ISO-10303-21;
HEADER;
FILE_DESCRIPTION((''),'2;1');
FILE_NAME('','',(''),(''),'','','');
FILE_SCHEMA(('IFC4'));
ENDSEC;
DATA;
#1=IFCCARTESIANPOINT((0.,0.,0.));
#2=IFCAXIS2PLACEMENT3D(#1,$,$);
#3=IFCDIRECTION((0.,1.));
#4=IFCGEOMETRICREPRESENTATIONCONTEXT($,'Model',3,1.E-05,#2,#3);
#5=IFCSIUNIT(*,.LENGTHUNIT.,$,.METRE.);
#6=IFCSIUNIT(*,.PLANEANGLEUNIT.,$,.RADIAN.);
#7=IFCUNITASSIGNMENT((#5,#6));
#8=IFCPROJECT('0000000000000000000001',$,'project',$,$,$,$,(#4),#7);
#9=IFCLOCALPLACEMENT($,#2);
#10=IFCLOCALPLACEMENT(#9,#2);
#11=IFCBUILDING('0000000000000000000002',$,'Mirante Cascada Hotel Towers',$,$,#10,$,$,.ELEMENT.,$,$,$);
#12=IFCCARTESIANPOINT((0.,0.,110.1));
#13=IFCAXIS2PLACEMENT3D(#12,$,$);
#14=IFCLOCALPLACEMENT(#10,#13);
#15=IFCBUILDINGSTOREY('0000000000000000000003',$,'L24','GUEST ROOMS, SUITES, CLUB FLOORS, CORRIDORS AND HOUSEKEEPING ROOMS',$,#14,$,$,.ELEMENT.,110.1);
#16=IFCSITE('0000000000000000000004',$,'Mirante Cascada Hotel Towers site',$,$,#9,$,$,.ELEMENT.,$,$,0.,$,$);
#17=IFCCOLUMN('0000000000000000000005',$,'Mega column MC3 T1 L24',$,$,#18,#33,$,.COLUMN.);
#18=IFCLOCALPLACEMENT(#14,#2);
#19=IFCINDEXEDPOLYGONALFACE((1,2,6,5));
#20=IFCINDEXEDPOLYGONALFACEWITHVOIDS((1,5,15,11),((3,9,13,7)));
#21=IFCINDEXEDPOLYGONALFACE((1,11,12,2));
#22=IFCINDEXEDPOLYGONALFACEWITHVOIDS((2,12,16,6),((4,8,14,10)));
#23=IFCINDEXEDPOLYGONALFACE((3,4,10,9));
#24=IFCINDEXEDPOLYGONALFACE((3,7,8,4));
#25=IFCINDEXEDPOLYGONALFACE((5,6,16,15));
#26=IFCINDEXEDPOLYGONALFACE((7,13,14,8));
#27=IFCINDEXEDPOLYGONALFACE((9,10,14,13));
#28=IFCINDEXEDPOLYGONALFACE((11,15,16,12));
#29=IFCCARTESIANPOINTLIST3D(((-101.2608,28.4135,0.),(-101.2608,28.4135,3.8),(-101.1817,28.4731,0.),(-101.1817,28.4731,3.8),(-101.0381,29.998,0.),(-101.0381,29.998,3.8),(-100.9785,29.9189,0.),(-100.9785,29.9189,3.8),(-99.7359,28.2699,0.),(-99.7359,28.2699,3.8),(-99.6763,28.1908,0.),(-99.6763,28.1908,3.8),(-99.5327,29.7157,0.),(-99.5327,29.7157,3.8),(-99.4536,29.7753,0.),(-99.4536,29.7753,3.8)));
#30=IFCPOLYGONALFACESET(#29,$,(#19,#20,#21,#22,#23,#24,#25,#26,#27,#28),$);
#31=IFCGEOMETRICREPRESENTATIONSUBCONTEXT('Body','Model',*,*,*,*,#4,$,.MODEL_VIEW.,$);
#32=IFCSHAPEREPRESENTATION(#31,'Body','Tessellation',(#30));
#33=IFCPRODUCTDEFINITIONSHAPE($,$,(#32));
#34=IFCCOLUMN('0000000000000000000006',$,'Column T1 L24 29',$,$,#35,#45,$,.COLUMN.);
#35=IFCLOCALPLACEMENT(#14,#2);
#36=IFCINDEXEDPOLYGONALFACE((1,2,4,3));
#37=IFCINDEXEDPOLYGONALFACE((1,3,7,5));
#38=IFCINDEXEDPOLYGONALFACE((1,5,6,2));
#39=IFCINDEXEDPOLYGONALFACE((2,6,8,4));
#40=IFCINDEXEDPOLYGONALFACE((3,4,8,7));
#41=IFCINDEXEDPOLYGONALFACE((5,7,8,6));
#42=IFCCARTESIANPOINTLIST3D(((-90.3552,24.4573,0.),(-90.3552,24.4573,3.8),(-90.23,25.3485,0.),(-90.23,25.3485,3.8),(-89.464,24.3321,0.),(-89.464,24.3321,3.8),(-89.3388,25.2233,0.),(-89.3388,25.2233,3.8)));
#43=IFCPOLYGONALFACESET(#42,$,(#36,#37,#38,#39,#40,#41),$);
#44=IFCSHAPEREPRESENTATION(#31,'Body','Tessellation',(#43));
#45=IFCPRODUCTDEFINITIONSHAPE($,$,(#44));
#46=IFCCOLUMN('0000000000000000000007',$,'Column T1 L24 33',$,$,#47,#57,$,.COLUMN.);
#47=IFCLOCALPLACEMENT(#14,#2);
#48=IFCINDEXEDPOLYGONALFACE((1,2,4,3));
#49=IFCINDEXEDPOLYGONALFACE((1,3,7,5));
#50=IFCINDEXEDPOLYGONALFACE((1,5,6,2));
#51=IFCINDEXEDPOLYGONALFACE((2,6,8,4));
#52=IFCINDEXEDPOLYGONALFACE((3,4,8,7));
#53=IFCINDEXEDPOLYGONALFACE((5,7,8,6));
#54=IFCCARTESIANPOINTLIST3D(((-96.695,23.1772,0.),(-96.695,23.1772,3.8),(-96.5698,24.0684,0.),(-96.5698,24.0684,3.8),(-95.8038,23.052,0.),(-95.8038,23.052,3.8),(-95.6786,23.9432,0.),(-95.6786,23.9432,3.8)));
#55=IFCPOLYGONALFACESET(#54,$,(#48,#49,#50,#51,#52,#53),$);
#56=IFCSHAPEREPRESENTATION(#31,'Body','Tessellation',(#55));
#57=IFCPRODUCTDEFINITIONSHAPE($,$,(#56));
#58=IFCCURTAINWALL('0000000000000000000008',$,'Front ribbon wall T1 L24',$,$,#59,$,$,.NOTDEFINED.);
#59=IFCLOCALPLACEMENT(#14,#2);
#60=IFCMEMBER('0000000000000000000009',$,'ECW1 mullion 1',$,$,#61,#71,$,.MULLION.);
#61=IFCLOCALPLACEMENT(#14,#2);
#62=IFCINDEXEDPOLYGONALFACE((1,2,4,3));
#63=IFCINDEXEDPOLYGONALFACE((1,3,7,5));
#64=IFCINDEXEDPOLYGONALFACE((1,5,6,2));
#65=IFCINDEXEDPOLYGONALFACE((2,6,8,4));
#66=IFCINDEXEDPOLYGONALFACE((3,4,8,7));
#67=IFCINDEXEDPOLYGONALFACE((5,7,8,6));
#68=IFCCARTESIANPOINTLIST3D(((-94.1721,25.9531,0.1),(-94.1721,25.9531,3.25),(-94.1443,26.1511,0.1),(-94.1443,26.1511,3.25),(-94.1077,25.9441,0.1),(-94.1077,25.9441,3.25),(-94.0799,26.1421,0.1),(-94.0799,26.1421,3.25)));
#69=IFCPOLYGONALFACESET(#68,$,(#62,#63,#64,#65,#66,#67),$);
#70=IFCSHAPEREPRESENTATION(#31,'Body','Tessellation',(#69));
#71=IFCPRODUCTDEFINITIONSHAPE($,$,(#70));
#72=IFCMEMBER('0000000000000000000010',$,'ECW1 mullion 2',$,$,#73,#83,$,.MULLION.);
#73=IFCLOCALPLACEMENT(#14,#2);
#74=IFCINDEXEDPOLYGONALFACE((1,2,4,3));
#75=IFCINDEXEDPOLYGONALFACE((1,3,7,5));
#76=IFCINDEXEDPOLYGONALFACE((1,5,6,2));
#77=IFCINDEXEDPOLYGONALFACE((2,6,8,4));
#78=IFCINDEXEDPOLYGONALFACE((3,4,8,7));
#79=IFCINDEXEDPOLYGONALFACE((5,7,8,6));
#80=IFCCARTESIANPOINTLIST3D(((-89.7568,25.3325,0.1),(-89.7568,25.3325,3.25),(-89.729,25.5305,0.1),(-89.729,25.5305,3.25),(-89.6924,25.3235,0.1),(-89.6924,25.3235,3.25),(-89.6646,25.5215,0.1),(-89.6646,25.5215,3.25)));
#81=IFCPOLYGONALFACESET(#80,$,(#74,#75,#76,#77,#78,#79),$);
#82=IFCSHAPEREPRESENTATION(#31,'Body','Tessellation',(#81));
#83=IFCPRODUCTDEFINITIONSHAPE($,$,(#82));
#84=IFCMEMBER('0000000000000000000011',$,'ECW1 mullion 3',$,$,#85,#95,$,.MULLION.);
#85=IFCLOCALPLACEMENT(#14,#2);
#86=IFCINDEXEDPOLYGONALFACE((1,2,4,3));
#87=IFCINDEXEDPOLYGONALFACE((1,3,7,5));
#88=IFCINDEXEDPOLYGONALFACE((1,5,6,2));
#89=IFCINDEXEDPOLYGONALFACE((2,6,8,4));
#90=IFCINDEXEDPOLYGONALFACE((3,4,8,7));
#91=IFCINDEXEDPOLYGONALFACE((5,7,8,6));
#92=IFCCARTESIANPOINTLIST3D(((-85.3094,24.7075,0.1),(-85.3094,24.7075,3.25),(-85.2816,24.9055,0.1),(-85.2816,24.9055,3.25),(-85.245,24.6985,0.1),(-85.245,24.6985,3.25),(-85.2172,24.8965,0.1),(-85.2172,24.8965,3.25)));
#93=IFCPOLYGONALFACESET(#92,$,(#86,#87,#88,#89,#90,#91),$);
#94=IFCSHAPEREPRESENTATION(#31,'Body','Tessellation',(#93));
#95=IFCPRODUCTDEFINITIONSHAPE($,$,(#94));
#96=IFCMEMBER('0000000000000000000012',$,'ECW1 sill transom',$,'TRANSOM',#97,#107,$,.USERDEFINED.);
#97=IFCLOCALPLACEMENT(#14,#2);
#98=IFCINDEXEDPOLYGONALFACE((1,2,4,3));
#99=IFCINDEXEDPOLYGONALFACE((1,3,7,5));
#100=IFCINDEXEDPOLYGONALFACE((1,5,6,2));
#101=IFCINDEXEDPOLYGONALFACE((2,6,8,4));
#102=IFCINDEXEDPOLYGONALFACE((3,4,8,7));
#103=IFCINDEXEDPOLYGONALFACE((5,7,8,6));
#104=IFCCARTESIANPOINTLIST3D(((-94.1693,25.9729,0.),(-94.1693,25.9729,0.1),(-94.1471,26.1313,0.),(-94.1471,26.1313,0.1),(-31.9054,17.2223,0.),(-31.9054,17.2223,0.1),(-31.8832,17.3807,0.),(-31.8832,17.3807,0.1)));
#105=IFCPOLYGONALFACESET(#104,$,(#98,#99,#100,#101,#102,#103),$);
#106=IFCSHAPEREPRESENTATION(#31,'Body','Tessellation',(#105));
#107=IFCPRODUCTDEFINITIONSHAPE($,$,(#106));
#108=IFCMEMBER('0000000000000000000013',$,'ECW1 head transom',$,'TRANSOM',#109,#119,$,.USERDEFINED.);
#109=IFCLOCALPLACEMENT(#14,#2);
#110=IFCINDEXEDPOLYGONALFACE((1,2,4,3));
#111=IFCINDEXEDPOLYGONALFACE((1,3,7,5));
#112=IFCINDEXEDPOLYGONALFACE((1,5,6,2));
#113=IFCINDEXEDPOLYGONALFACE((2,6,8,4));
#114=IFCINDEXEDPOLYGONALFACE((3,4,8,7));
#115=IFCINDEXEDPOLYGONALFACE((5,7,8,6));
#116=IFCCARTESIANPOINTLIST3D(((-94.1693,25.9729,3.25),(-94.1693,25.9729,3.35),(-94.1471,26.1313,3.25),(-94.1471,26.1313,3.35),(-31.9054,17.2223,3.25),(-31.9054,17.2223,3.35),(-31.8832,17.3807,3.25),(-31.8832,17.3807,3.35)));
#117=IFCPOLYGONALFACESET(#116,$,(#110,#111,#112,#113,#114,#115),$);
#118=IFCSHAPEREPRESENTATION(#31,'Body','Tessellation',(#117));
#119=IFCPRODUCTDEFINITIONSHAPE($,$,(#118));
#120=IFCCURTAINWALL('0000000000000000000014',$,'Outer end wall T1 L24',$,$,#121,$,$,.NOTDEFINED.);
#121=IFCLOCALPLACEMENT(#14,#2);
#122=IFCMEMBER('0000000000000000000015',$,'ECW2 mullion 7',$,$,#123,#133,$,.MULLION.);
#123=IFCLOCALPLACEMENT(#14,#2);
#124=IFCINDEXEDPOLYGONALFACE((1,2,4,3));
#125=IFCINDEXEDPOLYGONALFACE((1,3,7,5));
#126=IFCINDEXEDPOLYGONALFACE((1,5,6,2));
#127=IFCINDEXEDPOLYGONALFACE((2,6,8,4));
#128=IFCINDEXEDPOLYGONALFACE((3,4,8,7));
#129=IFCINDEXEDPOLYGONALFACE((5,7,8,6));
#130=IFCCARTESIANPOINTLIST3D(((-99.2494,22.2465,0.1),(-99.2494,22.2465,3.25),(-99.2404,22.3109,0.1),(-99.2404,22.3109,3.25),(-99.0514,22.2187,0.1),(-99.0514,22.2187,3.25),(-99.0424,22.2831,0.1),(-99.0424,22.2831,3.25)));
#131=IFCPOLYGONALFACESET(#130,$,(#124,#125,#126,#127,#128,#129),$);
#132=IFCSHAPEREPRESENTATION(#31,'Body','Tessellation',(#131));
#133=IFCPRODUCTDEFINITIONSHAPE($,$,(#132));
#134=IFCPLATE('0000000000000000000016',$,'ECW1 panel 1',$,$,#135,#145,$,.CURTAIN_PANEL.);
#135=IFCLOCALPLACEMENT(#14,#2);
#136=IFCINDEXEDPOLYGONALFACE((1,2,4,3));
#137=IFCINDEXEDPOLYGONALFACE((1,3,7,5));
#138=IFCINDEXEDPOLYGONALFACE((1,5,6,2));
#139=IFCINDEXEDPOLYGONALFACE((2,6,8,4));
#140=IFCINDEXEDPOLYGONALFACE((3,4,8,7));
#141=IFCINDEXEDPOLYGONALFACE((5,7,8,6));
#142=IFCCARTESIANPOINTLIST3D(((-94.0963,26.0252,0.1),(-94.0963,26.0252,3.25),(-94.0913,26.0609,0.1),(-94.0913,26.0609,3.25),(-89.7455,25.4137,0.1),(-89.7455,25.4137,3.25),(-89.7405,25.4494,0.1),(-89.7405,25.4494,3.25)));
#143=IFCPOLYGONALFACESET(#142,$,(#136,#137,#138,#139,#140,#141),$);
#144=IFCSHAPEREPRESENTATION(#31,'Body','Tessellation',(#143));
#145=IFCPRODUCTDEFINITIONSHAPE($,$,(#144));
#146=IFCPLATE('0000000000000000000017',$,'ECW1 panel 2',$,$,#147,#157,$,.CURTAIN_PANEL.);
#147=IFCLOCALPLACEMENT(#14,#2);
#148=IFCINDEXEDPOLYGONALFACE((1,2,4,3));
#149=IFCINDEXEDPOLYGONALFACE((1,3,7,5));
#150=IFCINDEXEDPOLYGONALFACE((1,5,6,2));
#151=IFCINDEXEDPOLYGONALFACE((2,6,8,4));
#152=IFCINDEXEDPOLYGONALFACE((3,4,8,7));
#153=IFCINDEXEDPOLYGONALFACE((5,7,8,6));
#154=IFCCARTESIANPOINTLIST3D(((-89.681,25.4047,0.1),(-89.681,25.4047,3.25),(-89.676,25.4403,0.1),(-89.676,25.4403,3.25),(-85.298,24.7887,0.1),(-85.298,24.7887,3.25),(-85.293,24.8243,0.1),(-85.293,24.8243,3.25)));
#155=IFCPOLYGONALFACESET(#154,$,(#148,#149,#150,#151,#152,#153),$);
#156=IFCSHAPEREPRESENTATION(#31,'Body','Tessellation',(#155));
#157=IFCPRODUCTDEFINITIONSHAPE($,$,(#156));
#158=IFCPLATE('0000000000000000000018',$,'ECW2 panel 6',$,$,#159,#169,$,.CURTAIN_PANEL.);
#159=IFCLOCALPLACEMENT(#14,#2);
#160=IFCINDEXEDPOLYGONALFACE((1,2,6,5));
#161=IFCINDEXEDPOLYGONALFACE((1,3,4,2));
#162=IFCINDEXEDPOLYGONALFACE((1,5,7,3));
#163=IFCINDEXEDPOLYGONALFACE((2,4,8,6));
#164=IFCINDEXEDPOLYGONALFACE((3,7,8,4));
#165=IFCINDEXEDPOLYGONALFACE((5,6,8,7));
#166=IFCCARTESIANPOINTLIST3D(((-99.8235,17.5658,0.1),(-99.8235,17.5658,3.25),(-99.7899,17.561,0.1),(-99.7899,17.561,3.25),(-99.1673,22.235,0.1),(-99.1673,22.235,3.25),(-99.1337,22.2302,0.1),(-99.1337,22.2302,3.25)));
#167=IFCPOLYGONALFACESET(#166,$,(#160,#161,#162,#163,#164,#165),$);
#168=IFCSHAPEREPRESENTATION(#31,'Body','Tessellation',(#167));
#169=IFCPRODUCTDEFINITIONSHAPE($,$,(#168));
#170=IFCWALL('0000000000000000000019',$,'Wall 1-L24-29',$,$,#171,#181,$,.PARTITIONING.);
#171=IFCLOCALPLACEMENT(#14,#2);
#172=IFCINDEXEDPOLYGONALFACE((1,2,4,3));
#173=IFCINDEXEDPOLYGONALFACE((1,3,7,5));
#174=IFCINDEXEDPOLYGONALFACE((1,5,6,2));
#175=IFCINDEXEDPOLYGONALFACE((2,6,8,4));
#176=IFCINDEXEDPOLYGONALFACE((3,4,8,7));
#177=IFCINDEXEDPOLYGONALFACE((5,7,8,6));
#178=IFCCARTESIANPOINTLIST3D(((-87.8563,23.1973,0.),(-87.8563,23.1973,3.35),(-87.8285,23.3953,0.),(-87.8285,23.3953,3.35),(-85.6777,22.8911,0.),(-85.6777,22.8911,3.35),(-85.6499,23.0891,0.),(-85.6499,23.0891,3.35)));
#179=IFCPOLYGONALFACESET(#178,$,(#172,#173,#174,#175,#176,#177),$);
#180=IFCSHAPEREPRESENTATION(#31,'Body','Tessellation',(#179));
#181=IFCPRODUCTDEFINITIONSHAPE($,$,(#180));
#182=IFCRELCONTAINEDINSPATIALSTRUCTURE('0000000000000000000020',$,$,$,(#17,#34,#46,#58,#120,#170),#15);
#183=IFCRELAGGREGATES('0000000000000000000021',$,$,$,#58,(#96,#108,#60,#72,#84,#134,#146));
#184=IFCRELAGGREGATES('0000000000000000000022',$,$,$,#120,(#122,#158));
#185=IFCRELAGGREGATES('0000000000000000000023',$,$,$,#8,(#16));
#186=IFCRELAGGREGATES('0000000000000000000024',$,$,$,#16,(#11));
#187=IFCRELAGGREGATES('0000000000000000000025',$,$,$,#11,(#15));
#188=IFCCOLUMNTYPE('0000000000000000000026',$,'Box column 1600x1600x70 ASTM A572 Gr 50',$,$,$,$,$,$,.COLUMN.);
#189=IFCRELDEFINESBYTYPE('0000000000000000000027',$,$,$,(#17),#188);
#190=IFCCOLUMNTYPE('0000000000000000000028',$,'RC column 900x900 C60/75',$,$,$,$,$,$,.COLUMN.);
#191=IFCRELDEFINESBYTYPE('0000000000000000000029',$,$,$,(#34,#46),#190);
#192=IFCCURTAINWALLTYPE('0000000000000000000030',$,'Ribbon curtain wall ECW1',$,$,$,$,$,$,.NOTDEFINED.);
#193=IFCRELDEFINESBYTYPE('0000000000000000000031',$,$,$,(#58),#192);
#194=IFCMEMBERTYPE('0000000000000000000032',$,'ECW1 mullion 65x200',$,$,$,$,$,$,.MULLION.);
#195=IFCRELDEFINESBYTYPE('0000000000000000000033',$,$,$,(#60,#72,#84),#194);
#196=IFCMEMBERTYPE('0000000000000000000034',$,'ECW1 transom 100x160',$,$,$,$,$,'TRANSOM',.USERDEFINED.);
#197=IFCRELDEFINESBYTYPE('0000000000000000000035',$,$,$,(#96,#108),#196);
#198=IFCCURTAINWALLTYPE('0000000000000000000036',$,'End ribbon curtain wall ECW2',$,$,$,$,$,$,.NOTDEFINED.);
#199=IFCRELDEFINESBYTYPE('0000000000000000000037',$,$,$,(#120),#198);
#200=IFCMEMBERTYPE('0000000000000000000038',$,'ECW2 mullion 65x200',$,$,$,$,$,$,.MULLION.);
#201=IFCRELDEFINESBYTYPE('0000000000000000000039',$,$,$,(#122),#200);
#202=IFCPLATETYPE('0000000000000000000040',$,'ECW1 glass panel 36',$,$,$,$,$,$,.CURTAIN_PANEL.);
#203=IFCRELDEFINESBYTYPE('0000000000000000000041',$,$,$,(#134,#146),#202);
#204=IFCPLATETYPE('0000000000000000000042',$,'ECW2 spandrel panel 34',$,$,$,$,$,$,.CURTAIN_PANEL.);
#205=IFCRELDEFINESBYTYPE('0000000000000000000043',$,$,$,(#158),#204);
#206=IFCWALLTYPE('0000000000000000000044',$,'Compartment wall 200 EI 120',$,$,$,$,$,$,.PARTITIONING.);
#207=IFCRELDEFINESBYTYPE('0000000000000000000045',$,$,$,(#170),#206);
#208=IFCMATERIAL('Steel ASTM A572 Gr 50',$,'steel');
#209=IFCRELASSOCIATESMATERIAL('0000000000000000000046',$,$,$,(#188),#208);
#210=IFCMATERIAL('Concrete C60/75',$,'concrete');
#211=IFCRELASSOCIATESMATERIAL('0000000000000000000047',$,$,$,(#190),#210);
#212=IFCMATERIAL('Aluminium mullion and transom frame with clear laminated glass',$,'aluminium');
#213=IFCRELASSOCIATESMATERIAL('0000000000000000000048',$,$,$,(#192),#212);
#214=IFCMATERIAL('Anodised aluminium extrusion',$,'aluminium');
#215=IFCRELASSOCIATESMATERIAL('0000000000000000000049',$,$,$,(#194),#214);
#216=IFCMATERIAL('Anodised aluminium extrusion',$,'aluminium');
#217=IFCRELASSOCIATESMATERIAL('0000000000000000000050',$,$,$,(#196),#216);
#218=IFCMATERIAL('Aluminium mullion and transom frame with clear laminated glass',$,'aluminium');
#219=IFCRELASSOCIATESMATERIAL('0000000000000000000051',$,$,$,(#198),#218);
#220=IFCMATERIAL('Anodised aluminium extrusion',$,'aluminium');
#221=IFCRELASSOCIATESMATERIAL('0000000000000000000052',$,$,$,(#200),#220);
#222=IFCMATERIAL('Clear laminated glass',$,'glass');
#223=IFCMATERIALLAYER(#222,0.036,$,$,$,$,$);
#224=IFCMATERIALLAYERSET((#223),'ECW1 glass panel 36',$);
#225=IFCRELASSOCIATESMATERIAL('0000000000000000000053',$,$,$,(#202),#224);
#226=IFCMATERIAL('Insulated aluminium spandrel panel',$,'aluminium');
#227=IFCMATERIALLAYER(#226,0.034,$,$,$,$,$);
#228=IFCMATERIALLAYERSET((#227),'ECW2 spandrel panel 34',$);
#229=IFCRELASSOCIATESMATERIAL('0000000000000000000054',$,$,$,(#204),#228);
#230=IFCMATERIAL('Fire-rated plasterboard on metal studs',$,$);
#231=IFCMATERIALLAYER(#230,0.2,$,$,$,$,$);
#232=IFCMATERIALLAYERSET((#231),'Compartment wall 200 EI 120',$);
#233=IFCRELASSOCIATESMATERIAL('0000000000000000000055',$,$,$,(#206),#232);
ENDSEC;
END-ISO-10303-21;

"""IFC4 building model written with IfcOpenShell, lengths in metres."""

from ifc_helpers import new_model, si_unit, direction, frame, frame_2d, origin, origin_2d, place, context, subcontext, project, spatial, rectangle, hollow_rectangle, extrude, material, layer, layer_set, material_profile, profile_set, type_object, element, aggregate, save


model = new_model("IFC4")

# Units and contexts
model_context = context("Model", 3, precision=1e-05, world=origin(), true_north=direction((0.0, 1.0)))
body_context = subcontext(model_context, "Body", "Model", "MODEL_VIEW")
ifc_project = project(units=[si_unit("LENGTHUNIT", "METRE"), si_unit("PLANEANGLEUNIT", "RADIAN")], contexts=[model_context])

# Site, building, storey
site_placement = place(None, origin())
site = spatial("IfcSite", under=ifc_project, at=site_placement, Name="Mirante Cascada Hotel Towers site", CompositionType="ELEMENT", RefElevation=0.0)
building_placement = place(site_placement, origin())
building = spatial("IfcBuilding", under=site, at=building_placement, Name="Mirante Cascada Hotel Towers", CompositionType="ELEMENT")
storey_placement = place(building_placement, frame((0.0, 0.0, 110.1)))
storey = spatial("IfcBuildingStorey", under=building, at=storey_placement, Name="L24", Description="GUEST ROOMS, SUITES, CLUB FLOORS, CORRIDORS AND HOUSEKEEPING ROOMS", CompositionType="ELEMENT", Elevation=110.1)

# Columns
ifc_material_1 = material(Name="Steel ASTM A572 Gr 50", Category="steel")
ifc_material_profile_1 = material_profile(ifc_material_1, hollow_rectangle(XDim=1.6, YDim=1.6, WallThickness=0.07, at=origin_2d()), Name="Box column 1600x1600x70 ASTM A572 Gr 50")
ifc_profile_set_1 = profile_set([ifc_material_profile_1], Name="Steel ASTM A572 Gr 50")
column_type_1 = type_object("IfcColumnType", Name="Box column 1600x1600x70 ASTM A572 Gr 50", PredefinedType="COLUMN", material=ifc_profile_set_1)
column_placement = place(storey_placement, frame((-100.3572, 29.0944, 0.0), z_axis=(0.0, 0.0, 1.0), x_axis=(-0.990268, 0.139173, 0.0)))
element("IfcColumn", 1, at=column_placement, inside=storey, type_object=column_type_1, Name="Mega column MC3 T1 L24", PredefinedType="COLUMN", context=body_context, shape_type="SweptSolid", body=[
    extrude(hollow_rectangle(XDim=1.6, YDim=1.6, WallThickness=0.07, at=origin_2d()), origin(), (0.0, 0.0, 1.0), 3.8),
])
ifc_material_2 = material(Name="Concrete C60/75", Category="concrete")
ifc_material_profile_2 = material_profile(ifc_material_2, rectangle(XDim=0.9, YDim=0.9, at=origin_2d()), Name="RC column 900x900 C60/75")
ifc_profile_set_2 = profile_set([ifc_material_profile_2], Name="Concrete C60/75")
column_type_2 = type_object("IfcColumnType", Name="RC column 900x900 C60/75", PredefinedType="COLUMN", material=ifc_profile_set_2)
for number, where, z_axis, x_axis, name in (
    (2, (-89.847, 24.8403, 0.0), (0.0, 0.0, 1.0), (-0.990268, 0.139173, 0.0), "Column T1 L24 29"),
    (3, (-96.1868, 23.5602, 0.0), (0.0, 0.0, 1.0), (-0.990268, 0.139173, 0.0), "Column T1 L24 33"),
):
    element("IfcColumn", number, at=place(storey_placement, frame(where, z_axis=z_axis, x_axis=x_axis)), inside=storey, type_object=column_type_2, Name=name, PredefinedType="COLUMN", context=body_context, shape_type="SweptSolid", body=[
        extrude(rectangle(XDim=0.9, YDim=0.9, at=origin_2d()), origin(), (0.0, 0.0, 1.0), 3.8),
    ])

# Curtain wall, members
ifc_material_3 = material(Name="Aluminium mullion and transom frame with clear laminated glass", Category="aluminium")
curtain_wall_type_1 = type_object("IfcCurtainWallType", Name="Ribbon curtain wall ECW1", PredefinedType="NOTDEFINED", material=ifc_material_3)
curtain_wall_1_placement = place(storey_placement, origin())
curtain_wall_1 = element("IfcCurtainWall", 4, at=curtain_wall_1_placement, inside=storey, type_object=curtain_wall_type_1, Name="Front ribbon wall T1 L24", PredefinedType="NOTDEFINED")
ifc_material_4 = material(Name="Anodised aluminium extrusion", Category="aluminium")
ifc_material_profile_3 = material_profile(ifc_material_4, rectangle(XDim=0.2, YDim=0.065, at=origin_2d()), Name="ECW1 MULLION 65x200")
ifc_profile_set_3 = profile_set([ifc_material_profile_3], Name="Anodised aluminium extrusion")
member_type_1 = type_object("IfcMemberType", Name="ECW1 mullion 65x200", PredefinedType="MULLION", material=ifc_profile_set_3)
member_1_placement = place(storey_placement, frame((-94.126, 26.0476, 0.1), z_axis=(0.0, 0.0, 1.0), x_axis=(0.139173, 0.990268, 0.0)))
member_1 = element("IfcMember", 5, at=member_1_placement, type_object=member_type_1, Name="ECW1 mullion 1", PredefinedType="MULLION", context=body_context, shape_type="SweptSolid", body=[
    extrude(rectangle(XDim=0.2, YDim=0.065, at=origin_2d()), origin(), (0.0, 0.0, 1.0), 3.15),
])
member_2_placement = place(storey_placement, frame((-89.7107, 25.427, 0.1), z_axis=(0.0, 0.0, 1.0), x_axis=(0.139173, 0.990268, 0.0)))
member_2 = element("IfcMember", 6, at=member_2_placement, type_object=member_type_1, Name="ECW1 mullion 2", PredefinedType="MULLION", context=body_context, shape_type="SweptSolid", body=[
    extrude(rectangle(XDim=0.2, YDim=0.065, at=origin_2d()), origin(), (0.0, 0.0, 1.0), 3.15),
])
member_3_placement = place(storey_placement, frame((-85.2633, 24.802, 0.1), z_axis=(0.0, 0.0, 1.0), x_axis=(0.139173, 0.990268, 0.0)))
member_3 = element("IfcMember", 7, at=member_3_placement, type_object=member_type_1, Name="ECW1 mullion 3", PredefinedType="MULLION", context=body_context, shape_type="SweptSolid", body=[
    extrude(rectangle(XDim=0.2, YDim=0.065, at=origin_2d()), origin(), (0.0, 0.0, 1.0), 3.15),
])
ifc_material_5 = material(Name="Anodised aluminium extrusion", Category="aluminium")
ifc_material_profile_4 = material_profile(ifc_material_5, rectangle(XDim=0.16, YDim=0.1, at=origin_2d()), Name="ECW1 TRANSOM 100x160")
ifc_profile_set_4 = profile_set([ifc_material_profile_4], Name="Anodised aluminium extrusion")
member_type_2 = type_object("IfcMemberType", Name="ECW1 transom 100x160", ElementType="TRANSOM", PredefinedType="USERDEFINED", material=ifc_profile_set_4)
member_4_placement = place(storey_placement, frame((-94.1582, 26.0521, 0.05), z_axis=(0.990268, -0.139173, 0.0), x_axis=(0.139173, 0.990268, 0.0)))
member_4 = element("IfcMember", 8, at=member_4_placement, type_object=member_type_2, Name="ECW1 sill transom", ObjectType="TRANSOM", PredefinedType="USERDEFINED", context=body_context, shape_type="SweptSolid", body=[
    extrude(rectangle(XDim=0.16, YDim=0.1, at=origin_2d()), origin(), (0.0, 0.0, 1.0), 62.8758),
])
member_5_placement = place(storey_placement, frame((-94.1582, 26.0521, 3.3), z_axis=(0.990268, -0.139173, 0.0), x_axis=(0.139173, 0.990268, 0.0)))
member_5 = element("IfcMember", 9, at=member_5_placement, type_object=member_type_2, Name="ECW1 head transom", ObjectType="TRANSOM", PredefinedType="USERDEFINED", context=body_context, shape_type="SweptSolid", body=[
    extrude(rectangle(XDim=0.16, YDim=0.1, at=origin_2d()), origin(), (0.0, 0.0, 1.0), 62.8758),
])

# Curtain wall, member
ifc_material_6 = material(Name="Aluminium mullion and transom frame with clear laminated glass", Category="aluminium")
curtain_wall_type_2 = type_object("IfcCurtainWallType", Name="End ribbon curtain wall ECW2", PredefinedType="NOTDEFINED", material=ifc_material_6)
curtain_wall_2_placement = place(storey_placement, origin())
curtain_wall_2 = element("IfcCurtainWall", 10, at=curtain_wall_2_placement, inside=storey, type_object=curtain_wall_type_2, Name="Outer end wall T1 L24", PredefinedType="NOTDEFINED")
ifc_material_7 = material(Name="Anodised aluminium extrusion", Category="aluminium")
ifc_material_profile_5 = material_profile(ifc_material_7, rectangle(XDim=0.2, YDim=0.065, at=origin_2d()), Name="ECW2 MULLION 65x200")
ifc_profile_set_5 = profile_set([ifc_material_profile_5], Name="Anodised aluminium extrusion")
member_type_3 = type_object("IfcMemberType", Name="ECW2 mullion 65x200", PredefinedType="MULLION", material=ifc_profile_set_5)
member_6_placement = place(storey_placement, frame((-99.1459, 22.2648, 0.1), z_axis=(0.0, 0.0, 1.0), x_axis=(-0.990268, 0.139173, 0.0)))
member_6 = element("IfcMember", 11, at=member_6_placement, type_object=member_type_3, Name="ECW2 mullion 7", PredefinedType="MULLION", context=body_context, shape_type="SweptSolid", body=[
    extrude(rectangle(XDim=0.2, YDim=0.065, at=origin_2d()), origin(), (0.0, 0.0, 1.0), 3.15),
])

# Plates
ifc_material_8 = material(Name="Clear laminated glass", Category="glass")
ifc_layer_1 = layer(ifc_material_8, 0.036)
ifc_layer_set_1 = layer_set([ifc_layer_1], Name="ECW1 glass panel 36")
plate_type_1 = type_object("IfcPlateType", Name="ECW1 glass panel 36", PredefinedType="CURTAIN_PANEL", material=ifc_layer_set_1)
plate_1_placement = place(storey_placement, frame((-91.9184, 25.7373, 0.1), z_axis=(0.0, 0.0, 1.0), x_axis=(0.990268, -0.139173, 0.0)))
plate_1 = element("IfcPlate", 12, at=plate_1_placement, type_object=plate_type_1, Name="ECW1 panel 1", PredefinedType="CURTAIN_PANEL", context=body_context, shape_type="SweptSolid", body=[
    extrude(rectangle(XDim=4.3936, YDim=0.036, at=origin_2d()), origin(), (0.0, 0.0, 1.0), 3.15),
])
plate_2_placement = place(storey_placement, frame((-87.487, 25.1145, 0.1), z_axis=(0.0, 0.0, 1.0), x_axis=(0.990268, -0.139173, 0.0)))
plate_2 = element("IfcPlate", 13, at=plate_2_placement, type_object=plate_type_1, Name="ECW1 panel 2", PredefinedType="CURTAIN_PANEL", context=body_context, shape_type="SweptSolid", body=[
    extrude(rectangle(XDim=4.4261, YDim=0.036, at=origin_2d()), origin(), (0.0, 0.0, 1.0), 3.15),
])
aggregate(curtain_wall_1, [member_4, member_5, member_1, member_2, member_3, plate_1, plate_2])
ifc_material_9 = material(Name="Insulated aluminium spandrel panel", Category="aluminium")
ifc_layer_2 = layer(ifc_material_9, 0.034)
ifc_layer_set_2 = layer_set([ifc_layer_2], Name="ECW2 spandrel panel 34")
plate_type_2 = type_object("IfcPlateType", Name="ECW2 spandrel panel 34", PredefinedType="CURTAIN_PANEL", material=ifc_layer_set_2)
plate_3_placement = place(storey_placement, frame((-99.4786, 19.898, 0.1), z_axis=(0.0, 0.0, 1.0), x_axis=(0.139173, 0.990268, 0.0)))
plate_3 = element("IfcPlate", 14, at=plate_3_placement, type_object=plate_type_2, Name="ECW2 panel 6", PredefinedType="CURTAIN_PANEL", context=body_context, shape_type="SweptSolid", body=[
    extrude(rectangle(XDim=4.7151, YDim=0.034, at=origin_2d()), origin(), (0.0, 0.0, 1.0), 3.15),
])
aggregate(curtain_wall_2, [member_6, plate_3])

# Wall
ifc_material_10 = material(Name="Fire-rated plasterboard on metal studs")
ifc_layer_3 = layer(ifc_material_10, 0.2)
ifc_layer_set_3 = layer_set([ifc_layer_3], Name="Compartment wall 200 EI 120")
wall_type_1 = type_object("IfcWallType", Name="Compartment wall 200 EI 120", PredefinedType="PARTITIONING", material=ifc_layer_set_3)
wall_1_placement = place(storey_placement, frame((-85.6638, 22.9901, 0.0), z_axis=(0.0, 0.0, 1.0), x_axis=(-0.990267, 0.139181, 0.0)))
element("IfcWall", 15, at=wall_1_placement, inside=storey, type_object=wall_type_1, Name="Wall 1-L24-29", PredefinedType="PARTITIONING", context=body_context, shape_type="SweptSolid", body=[
    extrude(rectangle(XDim=2.2, YDim=0.2, at=frame_2d((1.1, 0.0))), origin(), (0.0, 0.0, 1.0), 3.35),
])

save(model, "model.ifc")
